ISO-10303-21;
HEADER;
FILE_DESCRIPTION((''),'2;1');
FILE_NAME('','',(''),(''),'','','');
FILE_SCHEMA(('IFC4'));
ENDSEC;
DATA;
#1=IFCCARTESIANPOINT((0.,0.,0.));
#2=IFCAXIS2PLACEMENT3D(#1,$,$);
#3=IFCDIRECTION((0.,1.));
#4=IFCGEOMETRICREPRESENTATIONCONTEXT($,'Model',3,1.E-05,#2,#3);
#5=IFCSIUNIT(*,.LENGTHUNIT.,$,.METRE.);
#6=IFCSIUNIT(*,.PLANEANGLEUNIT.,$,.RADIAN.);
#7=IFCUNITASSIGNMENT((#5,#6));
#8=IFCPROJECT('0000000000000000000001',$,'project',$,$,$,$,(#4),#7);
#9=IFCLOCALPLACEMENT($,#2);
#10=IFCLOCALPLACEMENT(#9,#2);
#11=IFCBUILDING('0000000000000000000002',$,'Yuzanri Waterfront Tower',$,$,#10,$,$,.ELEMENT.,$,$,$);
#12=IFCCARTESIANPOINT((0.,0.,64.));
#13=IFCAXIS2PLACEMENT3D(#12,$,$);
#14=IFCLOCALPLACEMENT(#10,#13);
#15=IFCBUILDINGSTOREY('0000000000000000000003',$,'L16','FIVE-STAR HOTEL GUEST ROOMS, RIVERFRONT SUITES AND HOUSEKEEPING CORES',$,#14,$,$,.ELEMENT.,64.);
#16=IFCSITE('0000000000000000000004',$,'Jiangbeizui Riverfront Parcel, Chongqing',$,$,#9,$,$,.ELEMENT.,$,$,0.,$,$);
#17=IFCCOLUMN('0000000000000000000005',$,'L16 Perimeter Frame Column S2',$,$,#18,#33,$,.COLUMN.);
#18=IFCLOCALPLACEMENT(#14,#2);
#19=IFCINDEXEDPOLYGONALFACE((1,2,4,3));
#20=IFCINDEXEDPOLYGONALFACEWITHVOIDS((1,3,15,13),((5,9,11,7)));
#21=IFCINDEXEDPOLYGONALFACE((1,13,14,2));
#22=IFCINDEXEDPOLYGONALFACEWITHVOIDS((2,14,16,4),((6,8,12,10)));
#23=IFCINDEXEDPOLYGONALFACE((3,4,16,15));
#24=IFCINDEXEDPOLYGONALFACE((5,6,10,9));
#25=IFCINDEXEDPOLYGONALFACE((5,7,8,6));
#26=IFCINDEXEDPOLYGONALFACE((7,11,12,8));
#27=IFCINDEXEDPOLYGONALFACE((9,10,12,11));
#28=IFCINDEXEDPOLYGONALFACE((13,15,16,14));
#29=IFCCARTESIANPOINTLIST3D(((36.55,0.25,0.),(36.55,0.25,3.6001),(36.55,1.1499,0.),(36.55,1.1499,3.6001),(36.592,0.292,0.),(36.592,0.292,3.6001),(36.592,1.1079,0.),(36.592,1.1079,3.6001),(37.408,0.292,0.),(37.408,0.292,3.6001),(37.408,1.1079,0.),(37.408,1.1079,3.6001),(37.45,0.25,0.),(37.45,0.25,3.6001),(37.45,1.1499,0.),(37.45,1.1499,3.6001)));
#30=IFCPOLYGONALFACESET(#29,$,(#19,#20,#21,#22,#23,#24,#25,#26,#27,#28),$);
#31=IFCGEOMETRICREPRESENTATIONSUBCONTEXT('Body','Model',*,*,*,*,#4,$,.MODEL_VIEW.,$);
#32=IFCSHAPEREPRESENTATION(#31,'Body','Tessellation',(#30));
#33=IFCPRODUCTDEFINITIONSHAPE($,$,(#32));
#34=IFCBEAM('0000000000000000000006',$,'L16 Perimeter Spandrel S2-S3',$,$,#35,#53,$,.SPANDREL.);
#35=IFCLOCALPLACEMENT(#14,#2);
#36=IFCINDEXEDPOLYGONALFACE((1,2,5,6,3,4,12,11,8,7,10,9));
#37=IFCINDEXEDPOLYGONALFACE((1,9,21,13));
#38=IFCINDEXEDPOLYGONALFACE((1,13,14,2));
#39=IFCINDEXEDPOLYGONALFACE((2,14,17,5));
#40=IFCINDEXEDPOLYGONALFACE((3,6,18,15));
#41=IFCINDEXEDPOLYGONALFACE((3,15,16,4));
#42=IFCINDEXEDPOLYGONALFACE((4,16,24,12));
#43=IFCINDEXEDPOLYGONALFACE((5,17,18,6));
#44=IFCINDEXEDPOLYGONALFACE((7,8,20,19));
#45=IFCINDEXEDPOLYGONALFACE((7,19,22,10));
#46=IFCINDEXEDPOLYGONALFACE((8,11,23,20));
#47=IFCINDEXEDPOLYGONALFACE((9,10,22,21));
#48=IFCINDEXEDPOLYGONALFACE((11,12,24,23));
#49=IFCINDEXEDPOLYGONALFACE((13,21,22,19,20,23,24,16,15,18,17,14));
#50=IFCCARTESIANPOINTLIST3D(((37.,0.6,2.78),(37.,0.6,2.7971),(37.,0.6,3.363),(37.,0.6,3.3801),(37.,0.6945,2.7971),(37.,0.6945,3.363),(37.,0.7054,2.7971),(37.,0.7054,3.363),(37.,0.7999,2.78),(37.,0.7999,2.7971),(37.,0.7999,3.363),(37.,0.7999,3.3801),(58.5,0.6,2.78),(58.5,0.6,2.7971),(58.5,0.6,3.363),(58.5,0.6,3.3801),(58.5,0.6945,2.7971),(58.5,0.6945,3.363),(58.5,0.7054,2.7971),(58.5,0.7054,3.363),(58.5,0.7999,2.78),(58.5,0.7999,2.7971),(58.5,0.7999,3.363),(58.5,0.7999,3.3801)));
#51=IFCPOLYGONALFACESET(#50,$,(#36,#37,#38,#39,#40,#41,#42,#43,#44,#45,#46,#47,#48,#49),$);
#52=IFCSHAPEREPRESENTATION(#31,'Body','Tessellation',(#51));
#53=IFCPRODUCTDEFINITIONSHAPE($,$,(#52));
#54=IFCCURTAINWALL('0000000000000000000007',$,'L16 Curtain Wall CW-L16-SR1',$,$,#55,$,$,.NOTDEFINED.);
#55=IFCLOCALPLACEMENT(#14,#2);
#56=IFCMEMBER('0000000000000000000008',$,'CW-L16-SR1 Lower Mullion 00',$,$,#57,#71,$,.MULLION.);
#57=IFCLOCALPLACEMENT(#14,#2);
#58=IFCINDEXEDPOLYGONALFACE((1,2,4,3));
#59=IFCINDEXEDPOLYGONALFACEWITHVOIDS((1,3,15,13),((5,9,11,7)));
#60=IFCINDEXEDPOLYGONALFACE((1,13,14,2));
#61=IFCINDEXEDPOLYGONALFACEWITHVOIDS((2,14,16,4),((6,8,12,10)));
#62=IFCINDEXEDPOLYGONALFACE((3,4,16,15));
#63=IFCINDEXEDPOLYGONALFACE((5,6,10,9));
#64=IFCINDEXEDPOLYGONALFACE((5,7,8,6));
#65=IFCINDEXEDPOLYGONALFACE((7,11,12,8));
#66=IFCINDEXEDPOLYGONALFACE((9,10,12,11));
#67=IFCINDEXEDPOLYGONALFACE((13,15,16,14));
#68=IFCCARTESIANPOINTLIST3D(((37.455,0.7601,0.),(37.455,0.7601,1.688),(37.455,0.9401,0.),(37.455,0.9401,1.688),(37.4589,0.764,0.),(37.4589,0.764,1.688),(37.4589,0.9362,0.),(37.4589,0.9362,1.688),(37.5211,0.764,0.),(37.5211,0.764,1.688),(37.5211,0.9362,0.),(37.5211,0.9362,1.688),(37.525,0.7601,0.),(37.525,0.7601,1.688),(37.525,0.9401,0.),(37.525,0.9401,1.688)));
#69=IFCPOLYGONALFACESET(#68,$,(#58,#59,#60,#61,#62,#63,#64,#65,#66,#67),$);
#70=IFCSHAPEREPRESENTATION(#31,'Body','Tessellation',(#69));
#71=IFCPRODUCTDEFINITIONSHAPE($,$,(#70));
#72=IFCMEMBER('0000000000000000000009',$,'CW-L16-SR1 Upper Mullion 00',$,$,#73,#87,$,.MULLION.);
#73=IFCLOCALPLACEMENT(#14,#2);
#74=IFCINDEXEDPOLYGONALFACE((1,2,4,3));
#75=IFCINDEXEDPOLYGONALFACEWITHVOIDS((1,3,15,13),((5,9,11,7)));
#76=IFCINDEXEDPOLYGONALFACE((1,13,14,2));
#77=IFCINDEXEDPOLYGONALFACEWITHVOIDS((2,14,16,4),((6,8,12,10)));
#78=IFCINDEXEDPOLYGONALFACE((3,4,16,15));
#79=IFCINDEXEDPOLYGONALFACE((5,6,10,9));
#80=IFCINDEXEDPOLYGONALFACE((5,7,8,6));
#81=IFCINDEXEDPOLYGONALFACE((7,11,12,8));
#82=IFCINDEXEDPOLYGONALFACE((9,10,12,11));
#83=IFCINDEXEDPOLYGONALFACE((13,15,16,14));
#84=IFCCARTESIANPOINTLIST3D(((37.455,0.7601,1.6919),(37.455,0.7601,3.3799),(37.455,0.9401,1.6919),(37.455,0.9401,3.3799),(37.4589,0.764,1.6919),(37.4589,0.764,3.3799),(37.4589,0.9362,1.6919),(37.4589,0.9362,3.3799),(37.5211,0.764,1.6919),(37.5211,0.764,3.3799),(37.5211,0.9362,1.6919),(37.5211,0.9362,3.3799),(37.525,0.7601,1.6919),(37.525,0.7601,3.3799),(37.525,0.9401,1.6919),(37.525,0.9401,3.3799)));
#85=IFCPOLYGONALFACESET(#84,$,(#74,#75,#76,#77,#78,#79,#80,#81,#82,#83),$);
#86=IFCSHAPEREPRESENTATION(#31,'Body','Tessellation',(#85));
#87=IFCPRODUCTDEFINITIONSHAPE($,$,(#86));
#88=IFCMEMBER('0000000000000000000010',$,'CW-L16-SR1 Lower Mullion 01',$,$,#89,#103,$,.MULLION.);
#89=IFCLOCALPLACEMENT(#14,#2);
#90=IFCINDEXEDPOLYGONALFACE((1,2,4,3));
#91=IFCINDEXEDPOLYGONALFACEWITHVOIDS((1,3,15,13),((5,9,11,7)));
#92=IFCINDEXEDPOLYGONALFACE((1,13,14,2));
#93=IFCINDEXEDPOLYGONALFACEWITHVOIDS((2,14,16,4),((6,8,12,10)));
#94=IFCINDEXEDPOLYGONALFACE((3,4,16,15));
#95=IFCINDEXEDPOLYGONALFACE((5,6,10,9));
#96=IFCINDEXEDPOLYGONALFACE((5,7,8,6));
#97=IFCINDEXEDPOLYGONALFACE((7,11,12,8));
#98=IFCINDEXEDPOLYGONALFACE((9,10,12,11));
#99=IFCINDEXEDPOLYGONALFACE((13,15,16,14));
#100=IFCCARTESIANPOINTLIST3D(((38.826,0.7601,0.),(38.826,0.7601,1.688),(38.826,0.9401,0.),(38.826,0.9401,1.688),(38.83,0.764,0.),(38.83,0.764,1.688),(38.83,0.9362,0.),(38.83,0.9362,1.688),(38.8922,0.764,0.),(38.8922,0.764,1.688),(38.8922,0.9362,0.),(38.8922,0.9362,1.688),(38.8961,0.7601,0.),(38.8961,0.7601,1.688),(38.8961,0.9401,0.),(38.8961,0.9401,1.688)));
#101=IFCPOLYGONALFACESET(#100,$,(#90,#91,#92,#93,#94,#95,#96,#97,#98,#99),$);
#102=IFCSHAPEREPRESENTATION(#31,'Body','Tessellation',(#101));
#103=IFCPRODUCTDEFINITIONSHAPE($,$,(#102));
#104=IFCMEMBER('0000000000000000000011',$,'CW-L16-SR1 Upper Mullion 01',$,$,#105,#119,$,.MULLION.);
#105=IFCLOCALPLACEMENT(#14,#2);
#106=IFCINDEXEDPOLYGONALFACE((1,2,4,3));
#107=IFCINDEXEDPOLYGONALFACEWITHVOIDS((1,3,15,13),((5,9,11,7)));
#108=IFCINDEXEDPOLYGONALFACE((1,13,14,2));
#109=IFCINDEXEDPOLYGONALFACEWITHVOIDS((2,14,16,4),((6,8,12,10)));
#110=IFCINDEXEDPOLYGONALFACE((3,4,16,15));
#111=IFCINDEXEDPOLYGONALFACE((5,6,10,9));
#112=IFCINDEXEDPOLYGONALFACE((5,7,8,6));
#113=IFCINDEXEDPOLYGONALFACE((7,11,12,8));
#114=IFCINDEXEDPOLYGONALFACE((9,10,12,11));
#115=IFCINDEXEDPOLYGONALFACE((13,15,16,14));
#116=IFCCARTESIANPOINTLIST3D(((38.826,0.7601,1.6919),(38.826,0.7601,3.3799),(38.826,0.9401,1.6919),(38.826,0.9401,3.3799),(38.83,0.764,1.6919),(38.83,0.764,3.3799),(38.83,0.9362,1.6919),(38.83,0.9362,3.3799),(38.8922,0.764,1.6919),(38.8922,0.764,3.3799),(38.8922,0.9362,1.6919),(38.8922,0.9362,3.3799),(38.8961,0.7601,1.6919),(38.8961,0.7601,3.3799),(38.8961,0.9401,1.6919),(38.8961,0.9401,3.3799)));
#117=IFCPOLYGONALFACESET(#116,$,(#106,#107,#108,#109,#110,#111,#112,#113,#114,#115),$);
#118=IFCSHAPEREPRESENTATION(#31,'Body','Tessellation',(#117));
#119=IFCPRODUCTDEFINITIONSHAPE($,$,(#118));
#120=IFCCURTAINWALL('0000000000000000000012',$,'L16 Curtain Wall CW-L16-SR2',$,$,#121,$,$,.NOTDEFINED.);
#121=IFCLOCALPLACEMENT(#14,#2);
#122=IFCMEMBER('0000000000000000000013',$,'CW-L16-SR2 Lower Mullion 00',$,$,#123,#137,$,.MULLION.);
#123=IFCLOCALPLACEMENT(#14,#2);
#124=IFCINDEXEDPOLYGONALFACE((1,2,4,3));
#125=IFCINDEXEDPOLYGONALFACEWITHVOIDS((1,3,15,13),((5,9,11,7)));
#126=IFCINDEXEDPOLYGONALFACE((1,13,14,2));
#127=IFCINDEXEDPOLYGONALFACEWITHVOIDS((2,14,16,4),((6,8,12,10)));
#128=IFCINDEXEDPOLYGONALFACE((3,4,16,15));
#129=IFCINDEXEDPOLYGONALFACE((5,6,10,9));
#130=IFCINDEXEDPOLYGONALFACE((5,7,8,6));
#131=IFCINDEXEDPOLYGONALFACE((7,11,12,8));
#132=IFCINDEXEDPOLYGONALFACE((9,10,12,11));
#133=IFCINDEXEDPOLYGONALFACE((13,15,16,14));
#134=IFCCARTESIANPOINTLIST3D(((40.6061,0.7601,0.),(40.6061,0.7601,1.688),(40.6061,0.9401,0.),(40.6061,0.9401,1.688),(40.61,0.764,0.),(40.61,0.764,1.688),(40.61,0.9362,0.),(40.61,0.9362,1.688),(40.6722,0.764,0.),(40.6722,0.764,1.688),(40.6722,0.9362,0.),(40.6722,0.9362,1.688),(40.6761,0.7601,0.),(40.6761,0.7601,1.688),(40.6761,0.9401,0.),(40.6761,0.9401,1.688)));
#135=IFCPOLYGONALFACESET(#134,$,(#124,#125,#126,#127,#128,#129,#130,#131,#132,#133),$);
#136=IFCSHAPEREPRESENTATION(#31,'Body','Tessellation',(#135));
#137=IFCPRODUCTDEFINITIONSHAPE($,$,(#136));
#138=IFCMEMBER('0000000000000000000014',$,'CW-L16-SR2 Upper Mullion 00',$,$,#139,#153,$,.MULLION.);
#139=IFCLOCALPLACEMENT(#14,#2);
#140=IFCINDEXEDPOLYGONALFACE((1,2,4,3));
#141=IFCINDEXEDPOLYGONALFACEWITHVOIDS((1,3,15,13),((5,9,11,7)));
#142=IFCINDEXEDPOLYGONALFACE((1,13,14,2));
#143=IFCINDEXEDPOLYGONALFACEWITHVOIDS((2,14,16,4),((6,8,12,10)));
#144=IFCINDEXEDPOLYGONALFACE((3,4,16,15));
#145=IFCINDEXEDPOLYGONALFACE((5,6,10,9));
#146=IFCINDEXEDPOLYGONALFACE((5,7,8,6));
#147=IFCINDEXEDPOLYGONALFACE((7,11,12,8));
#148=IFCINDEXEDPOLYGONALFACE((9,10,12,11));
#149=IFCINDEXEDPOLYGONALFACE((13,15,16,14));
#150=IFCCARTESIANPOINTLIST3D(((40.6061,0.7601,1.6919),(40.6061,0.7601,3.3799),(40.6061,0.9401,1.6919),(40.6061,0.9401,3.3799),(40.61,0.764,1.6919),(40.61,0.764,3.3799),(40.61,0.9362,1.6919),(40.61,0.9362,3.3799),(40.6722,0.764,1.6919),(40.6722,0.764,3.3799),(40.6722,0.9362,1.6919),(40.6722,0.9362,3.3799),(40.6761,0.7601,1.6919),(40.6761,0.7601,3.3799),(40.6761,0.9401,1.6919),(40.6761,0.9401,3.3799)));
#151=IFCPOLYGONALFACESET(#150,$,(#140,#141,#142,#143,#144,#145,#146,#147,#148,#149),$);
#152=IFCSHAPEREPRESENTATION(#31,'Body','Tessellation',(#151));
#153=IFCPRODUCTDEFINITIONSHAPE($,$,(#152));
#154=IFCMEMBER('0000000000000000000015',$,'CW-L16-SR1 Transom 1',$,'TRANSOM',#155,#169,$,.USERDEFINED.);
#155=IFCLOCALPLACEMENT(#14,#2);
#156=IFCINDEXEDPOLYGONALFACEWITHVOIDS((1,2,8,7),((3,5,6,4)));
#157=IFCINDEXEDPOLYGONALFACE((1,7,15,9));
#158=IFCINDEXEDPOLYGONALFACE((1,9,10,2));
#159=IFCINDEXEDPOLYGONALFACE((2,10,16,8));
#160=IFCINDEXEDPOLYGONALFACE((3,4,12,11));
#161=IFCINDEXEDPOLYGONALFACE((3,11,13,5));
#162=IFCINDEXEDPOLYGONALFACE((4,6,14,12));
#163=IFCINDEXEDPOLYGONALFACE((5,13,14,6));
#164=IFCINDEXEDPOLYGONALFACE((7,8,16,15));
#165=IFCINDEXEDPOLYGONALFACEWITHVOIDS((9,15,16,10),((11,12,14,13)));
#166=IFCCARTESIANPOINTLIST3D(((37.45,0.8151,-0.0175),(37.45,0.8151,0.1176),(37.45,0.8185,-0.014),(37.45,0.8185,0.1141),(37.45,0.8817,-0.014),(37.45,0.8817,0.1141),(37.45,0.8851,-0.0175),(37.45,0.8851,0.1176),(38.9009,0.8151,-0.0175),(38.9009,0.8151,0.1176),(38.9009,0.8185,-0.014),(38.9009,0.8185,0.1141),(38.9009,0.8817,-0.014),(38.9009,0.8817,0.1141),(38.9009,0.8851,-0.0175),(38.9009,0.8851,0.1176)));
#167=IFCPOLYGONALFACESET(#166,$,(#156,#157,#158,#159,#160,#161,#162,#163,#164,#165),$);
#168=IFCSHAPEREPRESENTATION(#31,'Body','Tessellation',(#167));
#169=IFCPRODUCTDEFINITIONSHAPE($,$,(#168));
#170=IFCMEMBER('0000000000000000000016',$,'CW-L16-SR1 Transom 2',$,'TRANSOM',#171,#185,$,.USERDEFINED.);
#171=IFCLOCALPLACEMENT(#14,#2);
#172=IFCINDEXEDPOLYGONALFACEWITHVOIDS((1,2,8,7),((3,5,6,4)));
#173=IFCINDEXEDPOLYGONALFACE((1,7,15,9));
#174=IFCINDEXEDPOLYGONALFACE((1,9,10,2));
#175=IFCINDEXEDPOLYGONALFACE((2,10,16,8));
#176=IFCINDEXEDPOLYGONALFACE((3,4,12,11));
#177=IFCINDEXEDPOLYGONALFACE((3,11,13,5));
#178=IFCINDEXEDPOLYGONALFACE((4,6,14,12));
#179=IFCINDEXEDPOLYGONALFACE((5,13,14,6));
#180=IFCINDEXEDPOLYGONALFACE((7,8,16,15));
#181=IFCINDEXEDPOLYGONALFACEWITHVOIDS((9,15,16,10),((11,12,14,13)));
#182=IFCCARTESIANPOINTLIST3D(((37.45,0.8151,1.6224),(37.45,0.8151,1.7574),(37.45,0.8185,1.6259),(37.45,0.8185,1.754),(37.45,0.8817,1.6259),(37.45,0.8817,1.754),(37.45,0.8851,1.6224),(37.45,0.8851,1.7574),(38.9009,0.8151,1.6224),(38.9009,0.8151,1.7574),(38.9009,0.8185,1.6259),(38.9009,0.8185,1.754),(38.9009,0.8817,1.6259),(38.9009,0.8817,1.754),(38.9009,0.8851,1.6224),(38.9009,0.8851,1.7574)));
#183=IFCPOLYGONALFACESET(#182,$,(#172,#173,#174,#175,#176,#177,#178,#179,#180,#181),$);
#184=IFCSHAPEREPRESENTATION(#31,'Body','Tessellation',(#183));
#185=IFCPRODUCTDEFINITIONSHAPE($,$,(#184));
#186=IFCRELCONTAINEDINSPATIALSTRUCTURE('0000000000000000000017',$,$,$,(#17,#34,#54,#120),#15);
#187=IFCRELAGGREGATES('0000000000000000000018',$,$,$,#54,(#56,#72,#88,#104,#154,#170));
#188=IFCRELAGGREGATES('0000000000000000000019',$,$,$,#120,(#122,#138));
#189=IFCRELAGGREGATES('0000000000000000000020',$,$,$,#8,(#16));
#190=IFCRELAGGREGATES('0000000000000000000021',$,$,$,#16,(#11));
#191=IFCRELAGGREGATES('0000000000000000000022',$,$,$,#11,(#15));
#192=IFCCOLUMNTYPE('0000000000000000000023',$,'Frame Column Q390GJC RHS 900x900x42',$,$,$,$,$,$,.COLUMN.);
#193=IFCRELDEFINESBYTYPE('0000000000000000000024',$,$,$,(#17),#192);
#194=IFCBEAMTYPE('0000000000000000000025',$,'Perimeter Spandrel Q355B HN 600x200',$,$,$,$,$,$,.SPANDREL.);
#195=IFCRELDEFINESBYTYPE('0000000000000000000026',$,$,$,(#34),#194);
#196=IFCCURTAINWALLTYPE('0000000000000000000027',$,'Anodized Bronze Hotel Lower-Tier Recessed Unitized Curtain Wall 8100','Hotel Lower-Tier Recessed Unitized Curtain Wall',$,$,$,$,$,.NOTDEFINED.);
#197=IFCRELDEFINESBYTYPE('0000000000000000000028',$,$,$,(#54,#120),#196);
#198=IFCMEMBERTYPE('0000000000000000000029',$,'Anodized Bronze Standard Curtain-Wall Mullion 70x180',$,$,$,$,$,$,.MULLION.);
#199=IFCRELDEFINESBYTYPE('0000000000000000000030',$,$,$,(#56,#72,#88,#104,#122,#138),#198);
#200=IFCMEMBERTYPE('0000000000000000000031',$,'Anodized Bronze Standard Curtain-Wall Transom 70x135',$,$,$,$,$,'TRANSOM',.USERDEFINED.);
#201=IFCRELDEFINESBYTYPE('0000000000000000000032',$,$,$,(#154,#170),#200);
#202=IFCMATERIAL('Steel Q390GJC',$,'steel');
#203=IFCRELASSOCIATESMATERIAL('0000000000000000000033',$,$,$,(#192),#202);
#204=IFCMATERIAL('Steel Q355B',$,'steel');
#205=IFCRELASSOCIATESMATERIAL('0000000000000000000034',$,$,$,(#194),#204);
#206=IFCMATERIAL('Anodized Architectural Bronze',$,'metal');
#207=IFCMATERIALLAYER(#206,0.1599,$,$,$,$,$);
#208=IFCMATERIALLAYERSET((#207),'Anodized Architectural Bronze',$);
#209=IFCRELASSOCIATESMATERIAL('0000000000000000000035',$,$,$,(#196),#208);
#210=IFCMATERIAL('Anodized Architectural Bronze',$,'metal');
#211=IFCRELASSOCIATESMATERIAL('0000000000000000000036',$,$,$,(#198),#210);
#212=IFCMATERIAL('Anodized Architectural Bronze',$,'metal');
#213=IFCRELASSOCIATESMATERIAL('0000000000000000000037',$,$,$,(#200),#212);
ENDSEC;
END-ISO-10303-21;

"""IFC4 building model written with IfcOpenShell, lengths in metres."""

from ifc_helpers import new_model, si_unit, direction, frame, origin, origin_2d, place, context, subcontext, project, spatial, hollow_rectangle, i_section, extrude, source, transform, mapped, material, layer, layer_set, material_profile, profile_set, type_object, element, aggregate, save


model = new_model("IFC4")

# Units and contexts
model_context = context("Model", 3, precision=1e-05, world=origin(), true_north=direction((0.0, 1.0)))
body_context = subcontext(model_context, "Body", "Model", "MODEL_VIEW")
ifc_project = project(units=[si_unit("LENGTHUNIT", "METRE"), si_unit("PLANEANGLEUNIT", "RADIAN")], contexts=[model_context])

# Site, building, storey
site_placement = place(None, origin())
site = spatial("IfcSite", under=ifc_project, at=site_placement, Name="Jiangbeizui Riverfront Parcel, Chongqing", CompositionType="ELEMENT", RefElevation=0.0)
building_placement = place(site_placement, origin())
building = spatial("IfcBuilding", under=site, at=building_placement, Name="Yuzanri Waterfront Tower", CompositionType="ELEMENT")
storey_placement = place(building_placement, frame((0.0, 0.0, 64.0)))
storey = spatial("IfcBuildingStorey", under=building, at=storey_placement, Name="L16", Description="FIVE-STAR HOTEL GUEST ROOMS, RIVERFRONT SUITES AND HOUSEKEEPING CORES", CompositionType="ELEMENT", Elevation=64.0)

# Column
ifc_material_1 = material(Name="Steel Q390GJC", Category="steel")
ifc_material_profile_1 = material_profile(ifc_material_1, hollow_rectangle(XDim=0.8999, YDim=0.8999, WallThickness=0.042, at=origin_2d()), Name="RHS 900x900x42")
ifc_profile_set_1 = profile_set([ifc_material_profile_1], Name="Steel Q390GJC")
column_type = type_object("IfcColumnType", Name="Frame Column Q390GJC RHS 900x900x42", PredefinedType="COLUMN", material=ifc_profile_set_1)
shared_shape_1 = source(origin(), body_context, "Body", "SweptSolid", [
    extrude(hollow_rectangle(XDim=0.8999, YDim=0.8999, WallThickness=0.042, at=origin_2d()), origin(), (0.0, 0.0, 1.0), 3.6001),
])
column_placement = place(storey_placement, frame((37.0, 0.7, 0.0), z_axis=(0.0, 0.0, 1.0), x_axis=(1.0, 0.0, 0.0)))
element("IfcColumn", 1, at=column_placement, inside=storey, type_object=column_type, Name="L16 Perimeter Frame Column S2", PredefinedType="COLUMN", context=body_context, shape_type="MappedRepresentation", body=[
    mapped(shared_shape_1, transform((0.0, 0.0, 0.0), scale=1.0)),
])

# Beam
ifc_material_2 = material(Name="Steel Q355B", Category="steel")
ifc_material_profile_2 = material_profile(ifc_material_2, i_section(OverallWidth=0.2, OverallDepth=0.6001, WebThickness=0.011, FlangeThickness=0.0171, at=origin_2d()), Name="HN 600x200x11x17")
ifc_profile_set_2 = profile_set([ifc_material_profile_2], Name="Steel Q355B")
beam_type = type_object("IfcBeamType", Name="Perimeter Spandrel Q355B HN 600x200", PredefinedType="SPANDREL", material=ifc_profile_set_2)
shared_shape_2 = source(origin(), body_context, "Body", "SweptSolid", [
    extrude(i_section(OverallWidth=0.2, OverallDepth=0.6001, WebThickness=0.011, FlangeThickness=0.0171, at=origin_2d()), origin(), (0.0, 0.0, 1.0), 21.5),
])
beam_placement = place(storey_placement, frame((37.0, 0.7, 3.0801), z_axis=(1.0, 0.0, 0.0), x_axis=(0.0, 1.0, 0.0)))
element("IfcBeam", 2, at=beam_placement, inside=storey, type_object=beam_type, Name="L16 Perimeter Spandrel S2-S3", PredefinedType="SPANDREL", context=body_context, shape_type="MappedRepresentation", body=[
    mapped(shared_shape_2, transform((0.0, 0.0, 0.0), scale=1.0)),
])

# Curtain walls, members
ifc_material_3 = material(Name="Anodized Architectural Bronze", Category="metal")
ifc_layer_1 = layer(ifc_material_3, 0.1599)
ifc_layer_set_1 = layer_set([ifc_layer_1], Name="Anodized Architectural Bronze")
curtain_wall_type = type_object("IfcCurtainWallType", Name="Anodized Bronze Hotel Lower-Tier Recessed Unitized Curtain Wall 8100", Description="Hotel Lower-Tier Recessed Unitized Curtain Wall", PredefinedType="NOTDEFINED", material=ifc_layer_set_1)
curtain_wall_1_placement = place(storey_placement, origin())
curtain_wall_1 = element("IfcCurtainWall", 3, at=curtain_wall_1_placement, inside=storey, type_object=curtain_wall_type, Name="L16 Curtain Wall CW-L16-SR1", PredefinedType="NOTDEFINED")
ifc_material_4 = material(Name="Anodized Architectural Bronze", Category="metal")
ifc_material_profile_3 = material_profile(ifc_material_4, hollow_rectangle(XDim=0.0701, YDim=0.1799, WallThickness=0.0039, at=origin_2d()), Name="CWM 70x180")
ifc_profile_set_3 = profile_set([ifc_material_profile_3], Name="Anodized Architectural Bronze")
member_type_1 = type_object("IfcMemberType", Name="Anodized Bronze Standard Curtain-Wall Mullion 70x180", PredefinedType="MULLION", material=ifc_profile_set_3)
shared_shape_3 = source(origin(), body_context, "Body", "SweptSolid", [
    extrude(hollow_rectangle(XDim=0.0701, YDim=0.1799, WallThickness=0.0039, at=origin_2d()), origin(), (0.0, 0.0, 1.0), 1.688),
])
member_1_placement = place(storey_placement, frame((37.49, 0.8501, 0.0), z_axis=(0.0, 0.0, 1.0), x_axis=(1.0, 0.0, 0.0)))
member_1 = element("IfcMember", 4, at=member_1_placement, type_object=member_type_1, Name="CW-L16-SR1 Lower Mullion 00", PredefinedType="MULLION", context=body_context, shape_type="MappedRepresentation", body=[
    mapped(shared_shape_3, transform((0.0, 0.0, 0.0), scale=1.0)),
])
member_2_placement = place(storey_placement, frame((37.49, 0.8501, 1.6919), z_axis=(0.0, 0.0, 1.0), x_axis=(1.0, 0.0, 0.0)))
member_2 = element("IfcMember", 5, at=member_2_placement, type_object=member_type_1, Name="CW-L16-SR1 Upper Mullion 00", PredefinedType="MULLION", context=body_context, shape_type="MappedRepresentation", body=[
    mapped(shared_shape_3, transform((0.0, 0.0, 0.0), scale=1.0)),
])
member_3_placement = place(storey_placement, frame((38.8611, 0.8501, 0.0), z_axis=(0.0, 0.0, 1.0), x_axis=(1.0, 0.0, 0.0)))
member_3 = element("IfcMember", 6, at=member_3_placement, type_object=member_type_1, Name="CW-L16-SR1 Lower Mullion 01", PredefinedType="MULLION", context=body_context, shape_type="MappedRepresentation", body=[
    mapped(shared_shape_3, transform((0.0, 0.0, 0.0), scale=1.0)),
])
member_4_placement = place(storey_placement, frame((38.8611, 0.8501, 1.6919), z_axis=(0.0, 0.0, 1.0), x_axis=(1.0, 0.0, 0.0)))
member_4 = element("IfcMember", 7, at=member_4_placement, type_object=member_type_1, Name="CW-L16-SR1 Upper Mullion 01", PredefinedType="MULLION", context=body_context, shape_type="MappedRepresentation", body=[
    mapped(shared_shape_3, transform((0.0, 0.0, 0.0), scale=1.0)),
])
curtain_wall_2_placement = place(storey_placement, origin())
curtain_wall_2 = element("IfcCurtainWall", 8, at=curtain_wall_2_placement, inside=storey, type_object=curtain_wall_type, Name="L16 Curtain Wall CW-L16-SR2", PredefinedType="NOTDEFINED")
member_5_placement = place(storey_placement, frame((40.6411, 0.8501, 0.0), z_axis=(0.0, 0.0, 1.0), x_axis=(1.0, 0.0, 0.0)))
member_5 = element("IfcMember", 9, at=member_5_placement, type_object=member_type_1, Name="CW-L16-SR2 Lower Mullion 00", PredefinedType="MULLION", context=body_context, shape_type="MappedRepresentation", body=[
    mapped(shared_shape_3, transform((0.0, 0.0, 0.0), scale=1.0)),
])
member_6_placement = place(storey_placement, frame((40.6411, 0.8501, 1.6919), z_axis=(0.0, 0.0, 1.0), x_axis=(1.0, 0.0, 0.0)))
member_6 = element("IfcMember", 10, at=member_6_placement, type_object=member_type_1, Name="CW-L16-SR2 Upper Mullion 00", PredefinedType="MULLION", context=body_context, shape_type="MappedRepresentation", body=[
    mapped(shared_shape_3, transform((0.0, 0.0, 0.0), scale=1.0)),
])

# Members
ifc_material_5 = material(Name="Anodized Architectural Bronze", Category="metal")
ifc_material_profile_4 = material_profile(ifc_material_5, hollow_rectangle(XDim=0.0701, YDim=0.135, WallThickness=0.0034, at=origin_2d()), Name="CWT 70x135")
ifc_profile_set_4 = profile_set([ifc_material_profile_4], Name="Anodized Architectural Bronze")
member_type_2 = type_object("IfcMemberType", Name="Anodized Bronze Standard Curtain-Wall Transom 70x135", ElementType="TRANSOM", PredefinedType="USERDEFINED", material=ifc_profile_set_4)
shared_shape_4 = source(origin(), body_context, "Body", "SweptSolid", [
    extrude(hollow_rectangle(XDim=0.0701, YDim=0.135, WallThickness=0.0034, at=origin_2d()), origin(), (0.0, 0.0, 1.0), 1.4509),
])
member_7_placement = place(storey_placement, frame((37.45, 0.8501, 0.05), z_axis=(1.0, 0.0, 0.0), x_axis=(0.0, 1.0, 0.0)))
member_7 = element("IfcMember", 11, at=member_7_placement, type_object=member_type_2, Name="CW-L16-SR1 Transom 1", ObjectType="TRANSOM", PredefinedType="USERDEFINED", context=body_context, shape_type="MappedRepresentation", body=[
    mapped(shared_shape_4, transform((0.0, 0.0, 0.0), scale=1.0)),
])
member_8_placement = place(storey_placement, frame((37.45, 0.8501, 1.6899), z_axis=(1.0, 0.0, 0.0), x_axis=(0.0, 1.0, 0.0)))
member_8 = element("IfcMember", 12, at=member_8_placement, type_object=member_type_2, Name="CW-L16-SR1 Transom 2", ObjectType="TRANSOM", PredefinedType="USERDEFINED", context=body_context, shape_type="MappedRepresentation", body=[
    mapped(shared_shape_4, transform((0.0, 0.0, 0.0), scale=1.0)),
])

aggregate(curtain_wall_1, [member_1, member_2, member_3, member_4, member_7, member_8])
aggregate(curtain_wall_2, [member_5, member_6])

save(model, "model.ifc")
